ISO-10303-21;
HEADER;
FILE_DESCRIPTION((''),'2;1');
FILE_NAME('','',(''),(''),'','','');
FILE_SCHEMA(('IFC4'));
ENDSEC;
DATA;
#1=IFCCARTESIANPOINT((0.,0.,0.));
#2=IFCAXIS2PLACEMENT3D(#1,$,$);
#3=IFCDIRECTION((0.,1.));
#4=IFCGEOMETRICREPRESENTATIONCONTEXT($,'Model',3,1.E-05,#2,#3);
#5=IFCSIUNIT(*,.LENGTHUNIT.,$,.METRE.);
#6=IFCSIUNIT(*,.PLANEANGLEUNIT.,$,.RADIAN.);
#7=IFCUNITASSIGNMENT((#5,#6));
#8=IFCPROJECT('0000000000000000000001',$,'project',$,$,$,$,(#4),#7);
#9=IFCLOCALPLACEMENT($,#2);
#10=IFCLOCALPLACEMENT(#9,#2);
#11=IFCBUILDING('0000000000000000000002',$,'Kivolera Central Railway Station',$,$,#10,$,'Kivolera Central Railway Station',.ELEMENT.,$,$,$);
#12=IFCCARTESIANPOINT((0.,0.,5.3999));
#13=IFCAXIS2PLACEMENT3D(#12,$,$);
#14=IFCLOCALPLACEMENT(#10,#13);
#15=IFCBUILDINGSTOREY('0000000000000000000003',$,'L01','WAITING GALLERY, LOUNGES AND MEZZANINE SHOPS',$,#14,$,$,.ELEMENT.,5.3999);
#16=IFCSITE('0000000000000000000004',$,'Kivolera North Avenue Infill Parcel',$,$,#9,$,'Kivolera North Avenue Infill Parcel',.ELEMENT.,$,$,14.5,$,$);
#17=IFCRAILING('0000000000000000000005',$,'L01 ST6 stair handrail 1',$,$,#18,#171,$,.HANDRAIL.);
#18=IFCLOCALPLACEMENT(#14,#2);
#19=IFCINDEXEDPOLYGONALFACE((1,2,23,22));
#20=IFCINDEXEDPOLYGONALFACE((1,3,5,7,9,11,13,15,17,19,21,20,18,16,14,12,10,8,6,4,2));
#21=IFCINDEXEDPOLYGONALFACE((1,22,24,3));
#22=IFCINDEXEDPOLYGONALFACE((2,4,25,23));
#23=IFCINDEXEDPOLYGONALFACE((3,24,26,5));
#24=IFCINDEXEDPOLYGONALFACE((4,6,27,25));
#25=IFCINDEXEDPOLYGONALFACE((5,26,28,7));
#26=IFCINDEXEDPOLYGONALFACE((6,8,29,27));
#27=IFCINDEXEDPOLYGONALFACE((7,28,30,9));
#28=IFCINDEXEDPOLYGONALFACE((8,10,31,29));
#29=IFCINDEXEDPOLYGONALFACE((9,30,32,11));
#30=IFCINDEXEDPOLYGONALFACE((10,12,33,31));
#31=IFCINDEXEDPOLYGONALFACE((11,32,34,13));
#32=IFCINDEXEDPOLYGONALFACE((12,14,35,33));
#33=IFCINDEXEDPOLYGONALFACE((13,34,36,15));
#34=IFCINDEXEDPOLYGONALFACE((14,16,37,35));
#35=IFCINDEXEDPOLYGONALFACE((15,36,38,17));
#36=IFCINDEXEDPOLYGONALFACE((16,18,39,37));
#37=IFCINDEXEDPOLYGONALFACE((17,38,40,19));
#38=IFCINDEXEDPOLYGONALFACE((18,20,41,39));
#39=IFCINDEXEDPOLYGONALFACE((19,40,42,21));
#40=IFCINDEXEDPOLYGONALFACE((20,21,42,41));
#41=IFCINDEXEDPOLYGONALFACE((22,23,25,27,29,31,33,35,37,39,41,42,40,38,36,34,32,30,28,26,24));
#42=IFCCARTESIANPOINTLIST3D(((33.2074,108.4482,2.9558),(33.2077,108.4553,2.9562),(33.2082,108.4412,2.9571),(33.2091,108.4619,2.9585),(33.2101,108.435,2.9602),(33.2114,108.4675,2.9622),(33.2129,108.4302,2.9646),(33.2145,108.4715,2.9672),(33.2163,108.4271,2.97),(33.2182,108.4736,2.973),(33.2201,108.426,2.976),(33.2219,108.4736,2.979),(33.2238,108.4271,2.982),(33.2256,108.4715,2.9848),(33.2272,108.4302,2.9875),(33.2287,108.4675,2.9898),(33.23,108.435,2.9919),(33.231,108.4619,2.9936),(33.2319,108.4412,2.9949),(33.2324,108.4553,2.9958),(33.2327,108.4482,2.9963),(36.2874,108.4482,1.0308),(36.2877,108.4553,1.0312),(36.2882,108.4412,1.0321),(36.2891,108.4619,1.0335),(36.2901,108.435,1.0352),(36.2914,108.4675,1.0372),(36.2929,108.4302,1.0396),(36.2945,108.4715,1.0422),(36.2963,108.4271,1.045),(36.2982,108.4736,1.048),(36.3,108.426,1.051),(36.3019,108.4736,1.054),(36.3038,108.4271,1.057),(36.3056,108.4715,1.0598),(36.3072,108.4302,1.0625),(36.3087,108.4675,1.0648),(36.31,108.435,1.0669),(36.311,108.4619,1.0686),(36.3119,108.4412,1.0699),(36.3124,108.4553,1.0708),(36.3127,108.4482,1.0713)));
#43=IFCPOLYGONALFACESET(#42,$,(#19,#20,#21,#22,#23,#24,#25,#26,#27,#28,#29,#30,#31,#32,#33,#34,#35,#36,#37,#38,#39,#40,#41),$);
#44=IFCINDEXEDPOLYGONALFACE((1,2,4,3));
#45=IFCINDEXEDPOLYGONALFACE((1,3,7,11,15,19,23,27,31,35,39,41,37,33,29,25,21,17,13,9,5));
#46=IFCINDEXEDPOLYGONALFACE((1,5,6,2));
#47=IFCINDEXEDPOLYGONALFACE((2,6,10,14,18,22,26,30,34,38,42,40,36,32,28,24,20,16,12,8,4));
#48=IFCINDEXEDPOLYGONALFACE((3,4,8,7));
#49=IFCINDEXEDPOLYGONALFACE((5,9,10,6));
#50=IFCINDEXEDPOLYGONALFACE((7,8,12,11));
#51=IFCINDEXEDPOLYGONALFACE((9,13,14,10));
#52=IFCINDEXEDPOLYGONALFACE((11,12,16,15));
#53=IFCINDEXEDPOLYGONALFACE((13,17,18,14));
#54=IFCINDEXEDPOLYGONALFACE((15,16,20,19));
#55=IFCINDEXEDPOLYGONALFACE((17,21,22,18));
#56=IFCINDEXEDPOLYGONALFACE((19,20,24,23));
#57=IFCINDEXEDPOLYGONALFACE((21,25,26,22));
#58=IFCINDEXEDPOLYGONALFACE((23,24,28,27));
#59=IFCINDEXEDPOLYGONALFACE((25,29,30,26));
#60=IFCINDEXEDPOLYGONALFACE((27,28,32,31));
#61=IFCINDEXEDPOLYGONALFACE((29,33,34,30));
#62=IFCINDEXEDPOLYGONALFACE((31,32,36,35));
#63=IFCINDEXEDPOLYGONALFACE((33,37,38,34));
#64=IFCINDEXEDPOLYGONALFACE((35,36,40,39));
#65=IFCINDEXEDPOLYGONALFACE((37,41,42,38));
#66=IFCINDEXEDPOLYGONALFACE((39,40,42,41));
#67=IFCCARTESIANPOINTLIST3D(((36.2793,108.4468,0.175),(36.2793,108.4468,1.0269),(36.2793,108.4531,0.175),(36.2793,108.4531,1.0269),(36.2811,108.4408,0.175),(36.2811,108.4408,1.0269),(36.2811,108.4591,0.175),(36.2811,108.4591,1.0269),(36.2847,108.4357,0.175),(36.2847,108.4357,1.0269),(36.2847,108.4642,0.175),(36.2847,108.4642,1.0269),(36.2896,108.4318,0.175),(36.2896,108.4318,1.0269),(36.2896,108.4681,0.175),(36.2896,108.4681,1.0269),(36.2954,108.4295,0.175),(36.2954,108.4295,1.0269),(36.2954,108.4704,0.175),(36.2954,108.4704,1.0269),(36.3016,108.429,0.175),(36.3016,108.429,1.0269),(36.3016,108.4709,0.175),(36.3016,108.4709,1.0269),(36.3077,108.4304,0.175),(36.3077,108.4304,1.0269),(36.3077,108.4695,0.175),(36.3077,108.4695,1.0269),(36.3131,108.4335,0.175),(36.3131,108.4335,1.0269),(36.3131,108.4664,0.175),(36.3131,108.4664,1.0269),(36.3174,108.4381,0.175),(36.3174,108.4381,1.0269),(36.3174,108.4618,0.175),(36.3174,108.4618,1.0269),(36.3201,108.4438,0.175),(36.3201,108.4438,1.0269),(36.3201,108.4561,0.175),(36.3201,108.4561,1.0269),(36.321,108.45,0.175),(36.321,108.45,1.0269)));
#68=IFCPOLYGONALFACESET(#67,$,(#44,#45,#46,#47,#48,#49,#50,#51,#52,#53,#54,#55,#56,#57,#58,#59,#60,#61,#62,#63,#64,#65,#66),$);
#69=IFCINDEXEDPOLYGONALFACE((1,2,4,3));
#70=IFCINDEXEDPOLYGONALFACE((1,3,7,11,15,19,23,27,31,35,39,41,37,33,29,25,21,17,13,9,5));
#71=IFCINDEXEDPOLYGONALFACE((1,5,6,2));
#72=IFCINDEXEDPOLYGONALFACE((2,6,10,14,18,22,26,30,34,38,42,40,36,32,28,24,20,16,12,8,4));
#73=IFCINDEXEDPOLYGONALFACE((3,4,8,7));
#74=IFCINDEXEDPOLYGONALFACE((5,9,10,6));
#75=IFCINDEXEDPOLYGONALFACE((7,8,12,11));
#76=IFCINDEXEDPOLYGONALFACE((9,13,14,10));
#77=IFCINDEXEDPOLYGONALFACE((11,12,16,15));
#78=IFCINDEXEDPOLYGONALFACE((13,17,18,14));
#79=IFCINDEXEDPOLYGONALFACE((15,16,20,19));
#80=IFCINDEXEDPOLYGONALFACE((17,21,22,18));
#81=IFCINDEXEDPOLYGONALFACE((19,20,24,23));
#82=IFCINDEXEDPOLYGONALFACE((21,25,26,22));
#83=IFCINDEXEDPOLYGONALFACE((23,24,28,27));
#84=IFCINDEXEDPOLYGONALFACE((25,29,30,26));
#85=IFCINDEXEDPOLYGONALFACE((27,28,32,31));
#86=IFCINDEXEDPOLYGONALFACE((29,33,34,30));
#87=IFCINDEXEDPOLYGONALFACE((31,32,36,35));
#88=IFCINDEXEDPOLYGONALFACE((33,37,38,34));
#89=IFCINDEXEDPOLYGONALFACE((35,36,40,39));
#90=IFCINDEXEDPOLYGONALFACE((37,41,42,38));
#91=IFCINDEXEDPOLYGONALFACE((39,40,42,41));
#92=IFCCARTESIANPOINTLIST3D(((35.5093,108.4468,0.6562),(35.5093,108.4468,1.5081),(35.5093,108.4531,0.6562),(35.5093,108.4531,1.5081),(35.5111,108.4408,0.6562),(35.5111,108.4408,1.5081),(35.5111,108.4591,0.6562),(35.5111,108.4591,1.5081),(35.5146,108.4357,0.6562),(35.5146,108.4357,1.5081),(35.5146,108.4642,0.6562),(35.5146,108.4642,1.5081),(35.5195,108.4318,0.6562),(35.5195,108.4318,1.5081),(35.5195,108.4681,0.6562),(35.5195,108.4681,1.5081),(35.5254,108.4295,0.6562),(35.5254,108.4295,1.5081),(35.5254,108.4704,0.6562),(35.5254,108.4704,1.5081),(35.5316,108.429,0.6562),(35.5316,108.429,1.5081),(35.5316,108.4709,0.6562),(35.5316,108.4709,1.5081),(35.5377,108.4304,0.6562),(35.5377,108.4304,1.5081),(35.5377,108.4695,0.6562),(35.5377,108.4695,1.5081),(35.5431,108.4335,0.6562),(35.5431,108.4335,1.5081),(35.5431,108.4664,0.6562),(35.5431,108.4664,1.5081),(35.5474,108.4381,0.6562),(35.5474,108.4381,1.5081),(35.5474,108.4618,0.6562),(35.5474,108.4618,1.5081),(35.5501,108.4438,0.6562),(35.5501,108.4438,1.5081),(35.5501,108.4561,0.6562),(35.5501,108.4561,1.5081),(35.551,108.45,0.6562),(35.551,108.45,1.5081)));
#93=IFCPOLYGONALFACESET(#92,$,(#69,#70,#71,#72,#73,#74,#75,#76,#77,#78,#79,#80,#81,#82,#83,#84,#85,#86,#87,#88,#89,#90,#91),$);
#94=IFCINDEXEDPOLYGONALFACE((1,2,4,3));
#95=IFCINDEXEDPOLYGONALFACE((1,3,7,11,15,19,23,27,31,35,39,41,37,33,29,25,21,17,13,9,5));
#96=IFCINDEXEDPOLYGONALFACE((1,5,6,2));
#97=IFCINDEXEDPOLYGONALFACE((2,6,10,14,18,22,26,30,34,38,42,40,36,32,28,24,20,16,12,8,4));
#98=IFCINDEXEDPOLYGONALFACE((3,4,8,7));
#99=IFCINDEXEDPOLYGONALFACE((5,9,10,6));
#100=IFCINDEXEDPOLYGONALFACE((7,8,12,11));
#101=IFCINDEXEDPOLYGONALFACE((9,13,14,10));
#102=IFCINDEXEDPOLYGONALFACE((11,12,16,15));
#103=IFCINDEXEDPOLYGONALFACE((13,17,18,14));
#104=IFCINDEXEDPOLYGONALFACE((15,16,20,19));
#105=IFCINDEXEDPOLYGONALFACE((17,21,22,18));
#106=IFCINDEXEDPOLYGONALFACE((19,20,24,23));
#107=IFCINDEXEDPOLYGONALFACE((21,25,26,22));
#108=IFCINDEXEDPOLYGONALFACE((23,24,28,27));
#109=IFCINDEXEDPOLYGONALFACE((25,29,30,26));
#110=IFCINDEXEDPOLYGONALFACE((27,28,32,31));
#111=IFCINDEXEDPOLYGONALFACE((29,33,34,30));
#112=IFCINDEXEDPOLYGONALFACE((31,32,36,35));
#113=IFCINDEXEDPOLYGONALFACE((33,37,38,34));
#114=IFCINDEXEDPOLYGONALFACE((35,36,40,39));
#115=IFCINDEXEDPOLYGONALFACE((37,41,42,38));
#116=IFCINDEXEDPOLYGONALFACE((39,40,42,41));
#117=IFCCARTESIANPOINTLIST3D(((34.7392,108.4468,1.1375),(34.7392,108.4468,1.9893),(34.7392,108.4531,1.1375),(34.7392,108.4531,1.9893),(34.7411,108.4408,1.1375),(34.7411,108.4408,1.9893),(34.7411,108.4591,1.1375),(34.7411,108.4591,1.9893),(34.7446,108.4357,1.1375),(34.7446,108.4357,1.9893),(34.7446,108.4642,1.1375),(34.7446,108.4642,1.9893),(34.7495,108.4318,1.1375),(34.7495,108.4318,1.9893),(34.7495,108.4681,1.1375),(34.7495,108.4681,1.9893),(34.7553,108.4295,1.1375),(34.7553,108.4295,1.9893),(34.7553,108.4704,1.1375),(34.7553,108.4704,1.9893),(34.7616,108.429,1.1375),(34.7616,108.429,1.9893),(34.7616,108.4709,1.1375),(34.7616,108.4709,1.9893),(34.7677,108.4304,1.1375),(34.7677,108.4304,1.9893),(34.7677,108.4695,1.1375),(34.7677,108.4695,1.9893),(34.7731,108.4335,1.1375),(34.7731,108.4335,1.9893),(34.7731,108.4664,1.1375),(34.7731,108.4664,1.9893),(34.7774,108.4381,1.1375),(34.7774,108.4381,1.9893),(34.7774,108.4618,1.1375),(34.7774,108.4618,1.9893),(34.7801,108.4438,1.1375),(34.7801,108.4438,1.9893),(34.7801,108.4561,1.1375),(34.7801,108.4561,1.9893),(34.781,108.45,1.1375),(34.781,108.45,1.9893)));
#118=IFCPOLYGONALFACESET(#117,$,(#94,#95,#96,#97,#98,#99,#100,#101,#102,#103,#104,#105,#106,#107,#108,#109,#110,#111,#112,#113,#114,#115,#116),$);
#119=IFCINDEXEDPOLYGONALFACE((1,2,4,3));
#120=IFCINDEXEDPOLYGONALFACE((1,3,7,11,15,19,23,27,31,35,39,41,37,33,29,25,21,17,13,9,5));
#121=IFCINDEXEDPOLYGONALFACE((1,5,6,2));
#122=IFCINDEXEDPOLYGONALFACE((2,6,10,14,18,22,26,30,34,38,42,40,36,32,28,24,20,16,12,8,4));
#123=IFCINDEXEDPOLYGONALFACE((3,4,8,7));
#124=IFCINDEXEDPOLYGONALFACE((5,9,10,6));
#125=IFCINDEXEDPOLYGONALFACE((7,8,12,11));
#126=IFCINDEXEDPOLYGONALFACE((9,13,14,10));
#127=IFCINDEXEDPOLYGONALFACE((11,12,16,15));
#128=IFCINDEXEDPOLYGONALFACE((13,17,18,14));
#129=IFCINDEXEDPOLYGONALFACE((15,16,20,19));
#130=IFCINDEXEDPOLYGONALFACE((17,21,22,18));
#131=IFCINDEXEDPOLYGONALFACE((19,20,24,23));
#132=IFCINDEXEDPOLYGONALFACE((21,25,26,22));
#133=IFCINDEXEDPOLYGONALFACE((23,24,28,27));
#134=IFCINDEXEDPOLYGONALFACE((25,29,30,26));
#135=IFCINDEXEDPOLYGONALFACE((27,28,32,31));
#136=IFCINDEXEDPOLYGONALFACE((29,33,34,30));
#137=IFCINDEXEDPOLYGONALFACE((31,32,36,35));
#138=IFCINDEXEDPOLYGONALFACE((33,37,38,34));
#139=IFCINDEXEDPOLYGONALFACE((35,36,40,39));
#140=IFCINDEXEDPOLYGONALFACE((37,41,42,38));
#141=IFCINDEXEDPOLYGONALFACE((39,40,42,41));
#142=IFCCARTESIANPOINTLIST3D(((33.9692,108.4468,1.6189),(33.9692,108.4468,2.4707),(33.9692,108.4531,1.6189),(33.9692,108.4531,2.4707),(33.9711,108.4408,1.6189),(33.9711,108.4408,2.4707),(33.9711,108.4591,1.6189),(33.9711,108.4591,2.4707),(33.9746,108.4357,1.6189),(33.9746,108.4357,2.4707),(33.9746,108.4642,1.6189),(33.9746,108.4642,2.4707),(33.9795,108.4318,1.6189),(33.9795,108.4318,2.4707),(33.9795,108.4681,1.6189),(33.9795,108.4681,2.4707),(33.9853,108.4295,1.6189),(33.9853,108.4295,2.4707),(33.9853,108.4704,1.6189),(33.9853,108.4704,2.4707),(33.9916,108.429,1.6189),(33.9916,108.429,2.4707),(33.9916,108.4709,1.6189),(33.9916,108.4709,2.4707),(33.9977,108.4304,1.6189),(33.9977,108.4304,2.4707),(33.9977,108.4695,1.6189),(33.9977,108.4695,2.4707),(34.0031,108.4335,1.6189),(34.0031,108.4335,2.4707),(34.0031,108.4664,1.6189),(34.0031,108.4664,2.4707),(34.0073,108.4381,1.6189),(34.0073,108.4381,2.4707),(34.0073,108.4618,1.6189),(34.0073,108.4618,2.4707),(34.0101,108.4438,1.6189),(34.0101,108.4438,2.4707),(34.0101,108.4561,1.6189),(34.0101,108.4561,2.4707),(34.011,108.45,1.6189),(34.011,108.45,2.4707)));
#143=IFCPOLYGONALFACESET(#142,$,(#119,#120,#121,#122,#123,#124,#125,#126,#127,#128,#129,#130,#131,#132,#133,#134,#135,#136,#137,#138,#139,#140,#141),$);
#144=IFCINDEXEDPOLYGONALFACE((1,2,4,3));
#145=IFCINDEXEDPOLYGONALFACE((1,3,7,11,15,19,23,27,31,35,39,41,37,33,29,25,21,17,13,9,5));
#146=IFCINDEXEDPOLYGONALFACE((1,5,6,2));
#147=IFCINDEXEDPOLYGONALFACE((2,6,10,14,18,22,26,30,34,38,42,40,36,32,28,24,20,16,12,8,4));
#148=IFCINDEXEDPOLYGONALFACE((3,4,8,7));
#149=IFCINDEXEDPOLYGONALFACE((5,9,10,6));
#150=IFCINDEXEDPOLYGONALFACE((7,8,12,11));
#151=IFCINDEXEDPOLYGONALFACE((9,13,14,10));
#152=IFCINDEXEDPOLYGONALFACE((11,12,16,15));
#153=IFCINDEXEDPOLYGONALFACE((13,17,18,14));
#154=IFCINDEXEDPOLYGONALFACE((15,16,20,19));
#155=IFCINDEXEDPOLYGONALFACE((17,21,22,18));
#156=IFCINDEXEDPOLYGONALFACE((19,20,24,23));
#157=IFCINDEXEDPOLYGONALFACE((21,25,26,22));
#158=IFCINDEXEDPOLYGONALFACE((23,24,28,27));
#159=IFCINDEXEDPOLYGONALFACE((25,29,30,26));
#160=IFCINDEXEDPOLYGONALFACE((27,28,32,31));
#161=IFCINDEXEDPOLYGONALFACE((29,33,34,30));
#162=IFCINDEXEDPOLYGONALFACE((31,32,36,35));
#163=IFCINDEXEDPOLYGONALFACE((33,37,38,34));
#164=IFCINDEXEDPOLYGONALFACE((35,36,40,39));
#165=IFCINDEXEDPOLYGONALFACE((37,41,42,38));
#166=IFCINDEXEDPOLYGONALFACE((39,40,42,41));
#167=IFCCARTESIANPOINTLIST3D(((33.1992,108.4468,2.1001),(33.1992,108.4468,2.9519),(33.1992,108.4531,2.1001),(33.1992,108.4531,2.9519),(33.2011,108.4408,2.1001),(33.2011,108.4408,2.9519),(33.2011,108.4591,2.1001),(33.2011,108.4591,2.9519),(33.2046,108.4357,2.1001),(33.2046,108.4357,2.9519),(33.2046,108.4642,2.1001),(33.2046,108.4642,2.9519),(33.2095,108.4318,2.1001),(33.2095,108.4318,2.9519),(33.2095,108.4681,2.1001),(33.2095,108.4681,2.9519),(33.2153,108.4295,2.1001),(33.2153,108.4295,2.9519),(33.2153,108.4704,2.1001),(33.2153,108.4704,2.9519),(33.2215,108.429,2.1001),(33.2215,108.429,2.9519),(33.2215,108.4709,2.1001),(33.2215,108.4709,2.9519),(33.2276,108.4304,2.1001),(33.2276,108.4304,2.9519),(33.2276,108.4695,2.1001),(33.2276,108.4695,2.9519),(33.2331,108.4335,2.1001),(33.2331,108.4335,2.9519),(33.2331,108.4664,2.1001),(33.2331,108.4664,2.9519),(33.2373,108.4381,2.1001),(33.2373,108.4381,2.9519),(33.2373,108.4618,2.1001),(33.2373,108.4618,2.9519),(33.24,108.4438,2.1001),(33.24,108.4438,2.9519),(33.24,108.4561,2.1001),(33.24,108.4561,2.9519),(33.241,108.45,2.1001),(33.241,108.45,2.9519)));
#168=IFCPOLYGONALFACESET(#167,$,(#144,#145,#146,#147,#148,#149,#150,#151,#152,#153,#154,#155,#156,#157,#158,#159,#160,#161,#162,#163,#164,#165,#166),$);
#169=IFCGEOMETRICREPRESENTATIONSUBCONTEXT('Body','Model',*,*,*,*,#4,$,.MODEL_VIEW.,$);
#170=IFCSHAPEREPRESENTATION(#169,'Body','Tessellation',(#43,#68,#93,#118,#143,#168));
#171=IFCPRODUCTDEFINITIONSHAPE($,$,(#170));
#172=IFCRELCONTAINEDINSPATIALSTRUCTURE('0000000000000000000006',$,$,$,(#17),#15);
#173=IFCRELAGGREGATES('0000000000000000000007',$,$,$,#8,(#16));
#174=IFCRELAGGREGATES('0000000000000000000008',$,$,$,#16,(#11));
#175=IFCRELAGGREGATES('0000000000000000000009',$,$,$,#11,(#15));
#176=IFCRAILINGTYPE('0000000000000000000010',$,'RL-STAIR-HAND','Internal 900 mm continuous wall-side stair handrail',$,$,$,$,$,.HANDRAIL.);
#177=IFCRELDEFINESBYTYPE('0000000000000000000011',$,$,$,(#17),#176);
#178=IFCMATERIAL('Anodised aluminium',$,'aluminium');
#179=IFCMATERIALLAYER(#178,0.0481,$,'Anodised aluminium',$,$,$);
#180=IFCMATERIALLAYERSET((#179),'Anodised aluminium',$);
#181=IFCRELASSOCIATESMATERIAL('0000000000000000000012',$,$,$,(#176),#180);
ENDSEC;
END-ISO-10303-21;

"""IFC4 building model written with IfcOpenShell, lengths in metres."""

from ifc_helpers import new_model, si_unit, direction, frame, origin, origin_2d, place, context, subcontext, project, spatial, circle, extrude, material, layer, layer_set, type_object, element, save


model = new_model("IFC4")

# Units and contexts
model_context = context("Model", 3, precision=1e-05, world=origin(), true_north=direction((0.0, 1.0)))
body_context = subcontext(model_context, "Body", "Model", "MODEL_VIEW")
ifc_project = project(units=[si_unit("LENGTHUNIT", "METRE"), si_unit("PLANEANGLEUNIT", "RADIAN")], contexts=[model_context])

# Site, building, storey
site_placement = place(None, origin())
site = spatial("IfcSite", under=ifc_project, at=site_placement, Name="Kivolera North Avenue Infill Parcel", LongName="Kivolera North Avenue Infill Parcel", CompositionType="ELEMENT", RefElevation=14.5)
building_placement = place(site_placement, origin())
building = spatial("IfcBuilding", under=site, at=building_placement, Name="Kivolera Central Railway Station", LongName="Kivolera Central Railway Station", CompositionType="ELEMENT")
storey_placement = place(building_placement, frame((0.0, 0.0, 5.3999)))
storey = spatial("IfcBuildingStorey", under=building, at=storey_placement, Name="L01", Description="WAITING GALLERY, LOUNGES AND MEZZANINE SHOPS", CompositionType="ELEMENT", Elevation=5.3999)

# Shared definitions
ifc_material_1 = material(Name="Anodised aluminium", Category="aluminium")

# Railing
ifc_layer_1 = layer(ifc_material_1, 0.0481, Name="Anodised aluminium")
ifc_layer_set_1 = layer_set([ifc_layer_1], Name="Anodised aluminium")
railing_type_1 = type_object("IfcRailingType", Name="RL-STAIR-HAND", Description="Internal 900 mm continuous wall-side stair handrail", PredefinedType="HANDRAIL", material=ifc_layer_set_1)
railing_1_placement = place(storey_placement, frame((36.3, 108.45, 0.175)))
element("IfcRailing", 1, at=railing_1_placement, inside=storey, type_object=railing_type_1, Name="L01 ST6 stair handrail 1", PredefinedType="HANDRAIL", context=body_context, shape_type="SweptSolid", body=[
    extrude(circle(Radius=0.0239, at=origin_2d()), frame((0.0, 0.0, 0.876), z_axis=(-0.847998, 0.0, 0.529999), x_axis=(0.0, -1.0, 0.0)), (0.0, 0.0, 1.0), 3.6321),
    extrude(circle(Radius=0.021, at=origin_2d()), origin(), (0.0, 0.0, 1.0), 0.8518),
    extrude(circle(Radius=0.021, at=origin_2d()), frame((-0.77, 0.0, 0.4812)), (0.0, 0.0, 1.0), 0.8518),
    extrude(circle(Radius=0.021, at=origin_2d()), frame((-1.54, 0.0, 0.9624)), (0.0, 0.0, 1.0), 0.8518),
    extrude(circle(Radius=0.021, at=origin_2d()), frame((-2.3101, 0.0, 1.4438)), (0.0, 0.0, 1.0), 0.8518),
    extrude(circle(Radius=0.021, at=origin_2d()), frame((-3.0801, 0.0, 1.925)), (0.0, 0.0, 1.0), 0.8518),
])

save(model, "model.ifc")
